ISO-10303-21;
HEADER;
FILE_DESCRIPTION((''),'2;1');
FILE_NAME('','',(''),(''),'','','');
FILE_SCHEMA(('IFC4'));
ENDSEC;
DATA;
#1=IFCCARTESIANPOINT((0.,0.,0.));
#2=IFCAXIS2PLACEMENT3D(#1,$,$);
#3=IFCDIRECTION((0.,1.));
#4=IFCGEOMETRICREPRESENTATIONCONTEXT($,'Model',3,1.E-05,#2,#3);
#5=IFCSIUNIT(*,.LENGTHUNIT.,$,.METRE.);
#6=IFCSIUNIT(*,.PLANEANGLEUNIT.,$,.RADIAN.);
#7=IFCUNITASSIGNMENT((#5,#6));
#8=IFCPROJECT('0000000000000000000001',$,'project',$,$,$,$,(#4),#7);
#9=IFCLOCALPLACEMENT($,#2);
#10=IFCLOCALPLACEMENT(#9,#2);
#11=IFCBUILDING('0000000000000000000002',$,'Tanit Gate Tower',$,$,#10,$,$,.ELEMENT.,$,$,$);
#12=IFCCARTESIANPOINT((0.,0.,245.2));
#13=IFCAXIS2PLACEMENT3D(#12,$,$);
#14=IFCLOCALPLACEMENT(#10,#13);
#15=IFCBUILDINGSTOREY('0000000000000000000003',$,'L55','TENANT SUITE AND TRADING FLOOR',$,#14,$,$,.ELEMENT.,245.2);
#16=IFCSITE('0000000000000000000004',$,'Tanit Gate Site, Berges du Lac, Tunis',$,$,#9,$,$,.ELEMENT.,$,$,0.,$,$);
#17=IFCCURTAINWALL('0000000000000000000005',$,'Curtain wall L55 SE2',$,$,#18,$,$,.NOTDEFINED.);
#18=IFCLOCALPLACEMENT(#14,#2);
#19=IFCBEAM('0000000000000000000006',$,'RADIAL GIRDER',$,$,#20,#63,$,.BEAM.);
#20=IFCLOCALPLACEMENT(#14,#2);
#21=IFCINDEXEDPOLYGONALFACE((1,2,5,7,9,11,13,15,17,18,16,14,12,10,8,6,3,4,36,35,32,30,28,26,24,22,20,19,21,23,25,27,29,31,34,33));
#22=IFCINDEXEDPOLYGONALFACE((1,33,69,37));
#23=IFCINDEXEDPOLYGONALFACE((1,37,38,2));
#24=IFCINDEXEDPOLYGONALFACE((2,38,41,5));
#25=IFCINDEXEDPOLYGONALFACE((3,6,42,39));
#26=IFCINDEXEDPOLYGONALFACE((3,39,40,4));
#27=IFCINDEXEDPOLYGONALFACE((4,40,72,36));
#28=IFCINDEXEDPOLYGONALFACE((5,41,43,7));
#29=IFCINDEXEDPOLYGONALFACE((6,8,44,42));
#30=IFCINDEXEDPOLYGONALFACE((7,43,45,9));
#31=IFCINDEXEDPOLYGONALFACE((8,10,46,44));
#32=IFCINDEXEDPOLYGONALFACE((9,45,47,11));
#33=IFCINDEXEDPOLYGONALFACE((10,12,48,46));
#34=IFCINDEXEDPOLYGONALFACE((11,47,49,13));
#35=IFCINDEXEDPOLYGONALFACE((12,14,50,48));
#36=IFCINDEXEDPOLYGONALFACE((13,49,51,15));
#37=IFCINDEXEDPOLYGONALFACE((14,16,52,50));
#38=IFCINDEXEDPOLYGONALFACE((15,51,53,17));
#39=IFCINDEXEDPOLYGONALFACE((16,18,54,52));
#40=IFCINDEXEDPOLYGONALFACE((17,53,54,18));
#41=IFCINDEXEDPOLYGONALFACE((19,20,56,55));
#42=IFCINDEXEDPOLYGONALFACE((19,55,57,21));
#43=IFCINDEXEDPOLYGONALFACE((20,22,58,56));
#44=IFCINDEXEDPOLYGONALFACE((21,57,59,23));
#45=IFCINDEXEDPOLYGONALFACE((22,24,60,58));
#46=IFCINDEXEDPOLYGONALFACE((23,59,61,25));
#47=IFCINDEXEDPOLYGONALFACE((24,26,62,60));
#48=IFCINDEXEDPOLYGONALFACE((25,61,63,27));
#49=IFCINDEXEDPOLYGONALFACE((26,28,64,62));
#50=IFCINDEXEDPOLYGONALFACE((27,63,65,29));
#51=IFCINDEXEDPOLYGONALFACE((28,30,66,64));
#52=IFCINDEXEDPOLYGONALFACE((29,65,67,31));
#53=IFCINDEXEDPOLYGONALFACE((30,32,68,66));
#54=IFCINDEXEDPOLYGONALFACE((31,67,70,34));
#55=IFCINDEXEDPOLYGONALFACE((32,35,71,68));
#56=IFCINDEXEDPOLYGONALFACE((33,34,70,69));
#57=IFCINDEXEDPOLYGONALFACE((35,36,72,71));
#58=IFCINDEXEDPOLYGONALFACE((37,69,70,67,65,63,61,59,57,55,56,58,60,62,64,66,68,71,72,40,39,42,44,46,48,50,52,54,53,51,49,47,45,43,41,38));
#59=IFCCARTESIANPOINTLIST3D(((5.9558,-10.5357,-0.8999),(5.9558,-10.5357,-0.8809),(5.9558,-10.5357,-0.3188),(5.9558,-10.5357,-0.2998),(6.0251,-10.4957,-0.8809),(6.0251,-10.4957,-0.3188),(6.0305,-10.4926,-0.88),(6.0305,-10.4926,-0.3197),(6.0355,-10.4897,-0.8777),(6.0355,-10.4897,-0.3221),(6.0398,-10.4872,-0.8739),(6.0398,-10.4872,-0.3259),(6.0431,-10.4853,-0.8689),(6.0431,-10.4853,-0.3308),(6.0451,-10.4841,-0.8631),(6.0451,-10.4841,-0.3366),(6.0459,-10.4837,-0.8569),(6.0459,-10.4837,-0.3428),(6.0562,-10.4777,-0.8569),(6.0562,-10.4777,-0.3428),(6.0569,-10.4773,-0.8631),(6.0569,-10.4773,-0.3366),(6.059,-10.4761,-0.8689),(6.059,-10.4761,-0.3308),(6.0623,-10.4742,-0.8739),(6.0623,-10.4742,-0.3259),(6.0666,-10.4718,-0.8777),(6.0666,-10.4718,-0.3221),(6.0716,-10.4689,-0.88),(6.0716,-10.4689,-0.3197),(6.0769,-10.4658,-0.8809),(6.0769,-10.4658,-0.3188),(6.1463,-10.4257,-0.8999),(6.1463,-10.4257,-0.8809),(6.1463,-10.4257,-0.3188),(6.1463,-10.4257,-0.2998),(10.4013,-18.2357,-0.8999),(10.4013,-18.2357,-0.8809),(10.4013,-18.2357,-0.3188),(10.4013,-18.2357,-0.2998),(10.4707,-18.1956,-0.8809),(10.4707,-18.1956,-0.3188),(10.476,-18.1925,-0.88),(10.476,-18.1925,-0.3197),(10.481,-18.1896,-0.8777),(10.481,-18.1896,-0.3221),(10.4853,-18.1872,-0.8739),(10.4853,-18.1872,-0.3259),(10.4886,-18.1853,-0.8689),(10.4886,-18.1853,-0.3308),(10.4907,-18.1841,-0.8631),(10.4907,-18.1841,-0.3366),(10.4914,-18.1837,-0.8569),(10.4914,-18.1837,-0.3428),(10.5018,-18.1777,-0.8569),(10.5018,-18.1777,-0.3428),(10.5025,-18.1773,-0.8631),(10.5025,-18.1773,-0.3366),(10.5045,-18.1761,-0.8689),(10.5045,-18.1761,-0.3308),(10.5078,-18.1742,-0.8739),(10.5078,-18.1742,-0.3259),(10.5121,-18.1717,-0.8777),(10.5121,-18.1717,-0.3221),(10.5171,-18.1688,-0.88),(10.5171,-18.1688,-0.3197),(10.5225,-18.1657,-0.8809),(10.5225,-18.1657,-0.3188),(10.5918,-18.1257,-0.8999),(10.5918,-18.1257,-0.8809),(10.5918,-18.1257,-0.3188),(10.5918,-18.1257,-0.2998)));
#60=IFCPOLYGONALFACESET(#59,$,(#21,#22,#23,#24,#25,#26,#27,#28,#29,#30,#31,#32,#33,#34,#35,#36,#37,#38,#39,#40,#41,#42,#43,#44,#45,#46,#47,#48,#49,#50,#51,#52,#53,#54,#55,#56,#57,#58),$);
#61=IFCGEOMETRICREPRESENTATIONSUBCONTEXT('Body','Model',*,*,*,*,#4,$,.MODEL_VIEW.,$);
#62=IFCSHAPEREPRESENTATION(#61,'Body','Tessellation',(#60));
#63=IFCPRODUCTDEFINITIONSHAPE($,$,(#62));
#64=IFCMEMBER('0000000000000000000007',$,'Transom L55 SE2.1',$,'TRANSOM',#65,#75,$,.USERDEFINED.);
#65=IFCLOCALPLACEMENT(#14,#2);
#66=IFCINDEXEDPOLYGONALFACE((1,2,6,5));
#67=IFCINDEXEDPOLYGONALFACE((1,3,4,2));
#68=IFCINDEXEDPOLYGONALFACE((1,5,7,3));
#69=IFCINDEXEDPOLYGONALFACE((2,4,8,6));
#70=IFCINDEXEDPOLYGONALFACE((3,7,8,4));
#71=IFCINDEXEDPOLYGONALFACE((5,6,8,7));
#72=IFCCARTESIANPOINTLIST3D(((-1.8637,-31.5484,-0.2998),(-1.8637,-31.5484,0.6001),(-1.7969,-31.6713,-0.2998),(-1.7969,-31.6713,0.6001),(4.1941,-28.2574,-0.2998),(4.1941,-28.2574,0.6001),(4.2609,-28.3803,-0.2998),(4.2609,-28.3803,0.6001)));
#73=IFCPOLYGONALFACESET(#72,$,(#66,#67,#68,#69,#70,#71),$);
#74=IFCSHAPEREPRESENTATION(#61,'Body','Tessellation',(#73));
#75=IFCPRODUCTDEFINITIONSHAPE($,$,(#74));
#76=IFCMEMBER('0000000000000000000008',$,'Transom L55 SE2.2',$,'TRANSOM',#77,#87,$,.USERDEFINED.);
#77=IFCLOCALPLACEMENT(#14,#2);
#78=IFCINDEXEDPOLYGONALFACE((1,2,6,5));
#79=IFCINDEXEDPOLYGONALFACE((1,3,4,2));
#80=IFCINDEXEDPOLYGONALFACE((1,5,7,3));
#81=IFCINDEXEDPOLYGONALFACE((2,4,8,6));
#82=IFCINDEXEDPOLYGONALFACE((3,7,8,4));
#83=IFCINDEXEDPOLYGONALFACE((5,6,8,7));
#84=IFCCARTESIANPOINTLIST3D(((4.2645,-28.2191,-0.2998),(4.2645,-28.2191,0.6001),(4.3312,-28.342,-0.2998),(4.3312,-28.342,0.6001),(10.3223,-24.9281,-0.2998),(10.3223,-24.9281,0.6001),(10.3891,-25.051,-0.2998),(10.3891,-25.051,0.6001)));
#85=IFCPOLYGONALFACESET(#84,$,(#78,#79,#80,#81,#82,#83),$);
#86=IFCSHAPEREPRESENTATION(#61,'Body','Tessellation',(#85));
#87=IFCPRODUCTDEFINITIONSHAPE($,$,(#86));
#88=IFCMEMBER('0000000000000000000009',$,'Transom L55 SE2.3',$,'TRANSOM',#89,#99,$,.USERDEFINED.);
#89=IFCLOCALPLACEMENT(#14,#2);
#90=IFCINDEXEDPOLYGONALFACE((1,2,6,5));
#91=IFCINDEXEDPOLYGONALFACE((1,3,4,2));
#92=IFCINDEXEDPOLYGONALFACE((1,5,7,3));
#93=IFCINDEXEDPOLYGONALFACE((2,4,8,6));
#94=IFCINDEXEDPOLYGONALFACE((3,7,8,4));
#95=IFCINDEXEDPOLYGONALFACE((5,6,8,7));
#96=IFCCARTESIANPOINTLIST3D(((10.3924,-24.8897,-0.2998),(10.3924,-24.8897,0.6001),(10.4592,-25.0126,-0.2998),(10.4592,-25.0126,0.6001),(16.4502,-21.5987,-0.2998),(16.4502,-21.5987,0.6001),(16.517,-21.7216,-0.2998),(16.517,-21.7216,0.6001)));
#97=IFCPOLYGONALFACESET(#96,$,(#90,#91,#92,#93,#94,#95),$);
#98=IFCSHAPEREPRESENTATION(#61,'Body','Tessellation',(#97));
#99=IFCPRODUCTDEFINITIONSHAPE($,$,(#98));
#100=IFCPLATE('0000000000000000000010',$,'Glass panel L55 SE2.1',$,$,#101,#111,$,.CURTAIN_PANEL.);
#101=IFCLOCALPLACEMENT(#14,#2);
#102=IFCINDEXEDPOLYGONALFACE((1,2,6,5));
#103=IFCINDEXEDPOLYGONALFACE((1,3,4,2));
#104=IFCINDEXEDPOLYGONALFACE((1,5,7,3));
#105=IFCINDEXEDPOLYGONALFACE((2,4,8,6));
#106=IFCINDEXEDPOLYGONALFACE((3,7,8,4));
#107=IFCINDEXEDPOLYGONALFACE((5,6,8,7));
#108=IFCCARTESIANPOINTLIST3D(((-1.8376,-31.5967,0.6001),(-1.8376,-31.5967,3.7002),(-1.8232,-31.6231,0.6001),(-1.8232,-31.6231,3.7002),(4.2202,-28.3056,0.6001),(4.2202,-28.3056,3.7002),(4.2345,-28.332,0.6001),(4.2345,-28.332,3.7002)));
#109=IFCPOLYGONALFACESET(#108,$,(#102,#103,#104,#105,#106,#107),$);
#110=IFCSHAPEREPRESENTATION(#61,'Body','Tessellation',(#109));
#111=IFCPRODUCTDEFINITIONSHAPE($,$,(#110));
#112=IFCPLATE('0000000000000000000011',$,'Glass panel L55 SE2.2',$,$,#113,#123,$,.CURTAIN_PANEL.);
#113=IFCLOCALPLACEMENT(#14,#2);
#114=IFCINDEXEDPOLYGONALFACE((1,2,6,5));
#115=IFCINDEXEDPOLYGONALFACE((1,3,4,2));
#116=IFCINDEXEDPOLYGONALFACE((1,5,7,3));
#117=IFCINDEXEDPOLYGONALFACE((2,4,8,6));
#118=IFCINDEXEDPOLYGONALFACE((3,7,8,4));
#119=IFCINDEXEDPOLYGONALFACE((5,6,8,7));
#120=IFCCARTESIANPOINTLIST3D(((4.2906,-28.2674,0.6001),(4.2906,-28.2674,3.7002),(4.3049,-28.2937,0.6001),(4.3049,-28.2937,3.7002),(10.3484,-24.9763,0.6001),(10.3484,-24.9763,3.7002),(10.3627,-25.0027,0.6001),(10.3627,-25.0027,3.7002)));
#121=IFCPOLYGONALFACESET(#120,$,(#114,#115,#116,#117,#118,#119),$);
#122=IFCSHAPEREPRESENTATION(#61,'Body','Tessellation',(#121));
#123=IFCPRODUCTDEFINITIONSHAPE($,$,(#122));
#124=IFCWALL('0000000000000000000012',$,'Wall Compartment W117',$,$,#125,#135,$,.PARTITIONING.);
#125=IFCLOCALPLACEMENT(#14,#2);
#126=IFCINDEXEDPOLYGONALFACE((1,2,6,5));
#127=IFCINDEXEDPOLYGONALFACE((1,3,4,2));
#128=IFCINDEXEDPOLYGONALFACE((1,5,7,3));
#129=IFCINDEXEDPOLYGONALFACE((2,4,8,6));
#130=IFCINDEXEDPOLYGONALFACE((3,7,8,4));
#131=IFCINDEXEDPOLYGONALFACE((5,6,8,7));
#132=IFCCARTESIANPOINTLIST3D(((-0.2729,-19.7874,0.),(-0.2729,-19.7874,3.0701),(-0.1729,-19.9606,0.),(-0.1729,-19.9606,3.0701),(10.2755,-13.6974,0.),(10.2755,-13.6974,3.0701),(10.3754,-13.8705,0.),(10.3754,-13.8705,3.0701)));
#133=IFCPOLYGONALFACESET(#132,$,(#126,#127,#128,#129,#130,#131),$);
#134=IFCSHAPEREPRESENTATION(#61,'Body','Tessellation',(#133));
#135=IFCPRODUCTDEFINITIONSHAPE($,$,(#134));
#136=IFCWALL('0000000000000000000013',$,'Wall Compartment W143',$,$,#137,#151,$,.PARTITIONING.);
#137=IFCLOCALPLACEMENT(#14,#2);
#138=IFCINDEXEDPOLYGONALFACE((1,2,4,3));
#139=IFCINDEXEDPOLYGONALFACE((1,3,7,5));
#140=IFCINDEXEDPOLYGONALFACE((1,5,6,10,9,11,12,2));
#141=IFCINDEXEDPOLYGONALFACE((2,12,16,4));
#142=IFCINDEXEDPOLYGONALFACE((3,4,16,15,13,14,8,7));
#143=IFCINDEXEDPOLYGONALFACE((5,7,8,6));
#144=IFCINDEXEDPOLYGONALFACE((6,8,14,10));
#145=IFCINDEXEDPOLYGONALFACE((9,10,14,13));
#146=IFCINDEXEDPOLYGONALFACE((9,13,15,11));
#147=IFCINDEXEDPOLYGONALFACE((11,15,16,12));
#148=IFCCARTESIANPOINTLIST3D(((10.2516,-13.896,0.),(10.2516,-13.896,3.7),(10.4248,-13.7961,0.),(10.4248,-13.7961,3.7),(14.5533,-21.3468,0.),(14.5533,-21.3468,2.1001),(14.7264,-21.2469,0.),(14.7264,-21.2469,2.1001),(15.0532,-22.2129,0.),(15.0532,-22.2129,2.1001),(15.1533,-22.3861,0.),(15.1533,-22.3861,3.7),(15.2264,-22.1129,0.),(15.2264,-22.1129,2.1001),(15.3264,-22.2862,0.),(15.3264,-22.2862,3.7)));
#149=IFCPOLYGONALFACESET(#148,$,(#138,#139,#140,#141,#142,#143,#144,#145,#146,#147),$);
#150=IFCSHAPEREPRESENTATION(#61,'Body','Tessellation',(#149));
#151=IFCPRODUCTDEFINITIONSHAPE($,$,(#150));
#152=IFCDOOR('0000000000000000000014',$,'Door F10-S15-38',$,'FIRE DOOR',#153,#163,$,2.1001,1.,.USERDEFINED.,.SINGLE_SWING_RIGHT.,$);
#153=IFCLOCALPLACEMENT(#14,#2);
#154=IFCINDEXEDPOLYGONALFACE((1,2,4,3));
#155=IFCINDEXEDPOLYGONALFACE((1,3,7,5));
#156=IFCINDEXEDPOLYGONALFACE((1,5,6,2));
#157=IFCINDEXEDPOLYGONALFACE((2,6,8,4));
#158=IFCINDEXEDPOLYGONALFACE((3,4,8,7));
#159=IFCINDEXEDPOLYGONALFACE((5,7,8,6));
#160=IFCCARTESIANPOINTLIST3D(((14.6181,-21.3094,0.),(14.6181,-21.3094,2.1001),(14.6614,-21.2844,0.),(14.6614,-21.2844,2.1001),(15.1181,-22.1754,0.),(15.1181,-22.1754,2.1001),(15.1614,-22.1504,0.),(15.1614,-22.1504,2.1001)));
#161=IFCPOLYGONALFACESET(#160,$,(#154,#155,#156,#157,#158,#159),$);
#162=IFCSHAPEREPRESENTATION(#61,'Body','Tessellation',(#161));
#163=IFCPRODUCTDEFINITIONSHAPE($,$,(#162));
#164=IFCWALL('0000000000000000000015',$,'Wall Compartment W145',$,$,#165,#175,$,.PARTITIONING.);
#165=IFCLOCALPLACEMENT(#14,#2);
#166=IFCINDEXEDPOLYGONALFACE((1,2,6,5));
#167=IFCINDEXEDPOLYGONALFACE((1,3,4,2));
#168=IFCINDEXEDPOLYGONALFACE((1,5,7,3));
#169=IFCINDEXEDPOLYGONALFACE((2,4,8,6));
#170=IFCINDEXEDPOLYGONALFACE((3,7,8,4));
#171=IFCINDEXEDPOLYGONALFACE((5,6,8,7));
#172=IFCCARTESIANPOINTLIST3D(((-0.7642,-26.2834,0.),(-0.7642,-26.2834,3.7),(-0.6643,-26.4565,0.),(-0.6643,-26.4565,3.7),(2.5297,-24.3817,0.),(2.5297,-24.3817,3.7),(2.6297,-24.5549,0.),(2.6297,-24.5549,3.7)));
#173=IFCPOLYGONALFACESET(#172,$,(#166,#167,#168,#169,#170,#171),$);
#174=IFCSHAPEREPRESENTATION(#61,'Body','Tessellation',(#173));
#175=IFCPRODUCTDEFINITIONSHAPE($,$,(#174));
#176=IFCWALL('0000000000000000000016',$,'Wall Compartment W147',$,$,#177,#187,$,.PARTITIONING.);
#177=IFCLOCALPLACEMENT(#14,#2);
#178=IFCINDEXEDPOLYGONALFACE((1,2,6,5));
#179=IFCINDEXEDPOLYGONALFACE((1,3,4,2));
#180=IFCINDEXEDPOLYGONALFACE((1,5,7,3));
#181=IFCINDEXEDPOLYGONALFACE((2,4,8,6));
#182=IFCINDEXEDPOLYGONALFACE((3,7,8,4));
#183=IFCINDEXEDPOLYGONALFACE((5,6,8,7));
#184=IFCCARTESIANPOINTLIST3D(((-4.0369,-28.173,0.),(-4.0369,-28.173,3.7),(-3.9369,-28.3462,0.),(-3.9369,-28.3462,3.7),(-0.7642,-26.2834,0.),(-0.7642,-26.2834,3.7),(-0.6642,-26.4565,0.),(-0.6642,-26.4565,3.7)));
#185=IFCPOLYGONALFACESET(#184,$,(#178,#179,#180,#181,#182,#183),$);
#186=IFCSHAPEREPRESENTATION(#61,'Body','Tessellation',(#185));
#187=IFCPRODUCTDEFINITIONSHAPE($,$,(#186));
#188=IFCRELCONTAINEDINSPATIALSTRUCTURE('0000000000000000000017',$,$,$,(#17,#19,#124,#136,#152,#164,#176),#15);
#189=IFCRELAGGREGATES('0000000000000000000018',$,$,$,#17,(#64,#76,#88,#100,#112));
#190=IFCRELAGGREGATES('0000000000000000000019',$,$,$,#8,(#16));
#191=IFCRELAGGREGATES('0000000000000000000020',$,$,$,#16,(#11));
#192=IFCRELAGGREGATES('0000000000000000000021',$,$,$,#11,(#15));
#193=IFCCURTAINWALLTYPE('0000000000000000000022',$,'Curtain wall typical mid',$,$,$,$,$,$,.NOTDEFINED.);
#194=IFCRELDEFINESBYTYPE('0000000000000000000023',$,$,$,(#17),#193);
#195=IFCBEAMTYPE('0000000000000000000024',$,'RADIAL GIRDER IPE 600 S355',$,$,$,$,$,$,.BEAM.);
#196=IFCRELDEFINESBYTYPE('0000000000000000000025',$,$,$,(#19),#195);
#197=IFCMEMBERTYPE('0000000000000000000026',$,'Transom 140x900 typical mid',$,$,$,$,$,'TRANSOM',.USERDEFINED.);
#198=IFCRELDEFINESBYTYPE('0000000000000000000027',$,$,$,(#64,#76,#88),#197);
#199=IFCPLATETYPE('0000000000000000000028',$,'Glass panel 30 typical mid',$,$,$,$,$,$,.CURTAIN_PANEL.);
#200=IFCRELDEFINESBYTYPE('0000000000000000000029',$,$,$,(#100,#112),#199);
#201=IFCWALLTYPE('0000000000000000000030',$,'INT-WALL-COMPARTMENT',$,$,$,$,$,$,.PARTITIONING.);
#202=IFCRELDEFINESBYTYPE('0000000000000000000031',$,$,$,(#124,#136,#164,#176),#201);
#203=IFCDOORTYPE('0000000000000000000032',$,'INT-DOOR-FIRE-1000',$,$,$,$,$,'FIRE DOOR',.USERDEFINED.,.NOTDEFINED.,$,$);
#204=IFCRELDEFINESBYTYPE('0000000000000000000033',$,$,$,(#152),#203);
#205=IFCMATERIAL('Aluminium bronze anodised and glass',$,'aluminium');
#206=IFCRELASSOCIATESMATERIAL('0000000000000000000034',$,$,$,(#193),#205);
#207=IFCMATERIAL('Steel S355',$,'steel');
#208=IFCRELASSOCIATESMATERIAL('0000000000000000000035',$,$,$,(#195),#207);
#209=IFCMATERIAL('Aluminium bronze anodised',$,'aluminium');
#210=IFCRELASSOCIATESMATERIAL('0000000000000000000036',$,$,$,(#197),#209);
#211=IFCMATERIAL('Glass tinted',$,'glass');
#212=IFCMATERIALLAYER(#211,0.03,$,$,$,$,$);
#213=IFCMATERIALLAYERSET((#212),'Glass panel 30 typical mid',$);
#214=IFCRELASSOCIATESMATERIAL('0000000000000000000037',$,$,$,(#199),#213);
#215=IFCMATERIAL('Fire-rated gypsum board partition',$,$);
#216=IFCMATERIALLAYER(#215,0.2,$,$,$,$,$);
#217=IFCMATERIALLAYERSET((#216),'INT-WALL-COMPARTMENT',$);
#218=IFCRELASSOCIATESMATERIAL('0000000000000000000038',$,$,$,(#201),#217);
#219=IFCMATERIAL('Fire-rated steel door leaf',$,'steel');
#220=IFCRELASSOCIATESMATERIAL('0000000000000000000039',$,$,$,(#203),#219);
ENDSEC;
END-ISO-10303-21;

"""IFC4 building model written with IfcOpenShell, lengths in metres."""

from ifc_helpers import new_model, si_unit, direction, frame, frame_2d, origin, origin_2d, place, context, subcontext, project, spatial, rectangle, i_section, extrude, material, layer, layer_set, material_profile, profile_set, type_object, element, fill, aggregate, save


model = new_model("IFC4")

# Units and contexts
model_context = context("Model", 3, precision=1e-05, world=origin(), true_north=direction((0.0, 1.0)))
body_context = subcontext(model_context, "Body", "Model", "MODEL_VIEW")
ifc_project = project(units=[si_unit("LENGTHUNIT", "METRE"), si_unit("PLANEANGLEUNIT", "RADIAN")], contexts=[model_context])

# Site, building, storey
site_placement = place(None, origin())
site = spatial("IfcSite", under=ifc_project, at=site_placement, Name="Tanit Gate Site, Berges du Lac, Tunis", CompositionType="ELEMENT", RefElevation=0.0)
building_placement = place(site_placement, origin())
building = spatial("IfcBuilding", under=site, at=building_placement, Name="Tanit Gate Tower", CompositionType="ELEMENT")
storey_placement = place(building_placement, frame((0.0, 0.0, 245.2)))
storey = spatial("IfcBuildingStorey", under=building, at=storey_placement, Name="L55", Description="TENANT SUITE AND TRADING FLOOR", CompositionType="ELEMENT", Elevation=245.2)

# Curtain wall
ifc_material_1 = material(Name="Aluminium bronze anodised and glass", Category="aluminium")
curtain_wall_type = type_object("IfcCurtainWallType", Name="Curtain wall typical mid", PredefinedType="NOTDEFINED", material=ifc_material_1)
curtain_wall_1_placement = place(storey_placement, origin())
curtain_wall_1 = element("IfcCurtainWall", 1, at=curtain_wall_1_placement, inside=storey, type_object=curtain_wall_type, Name="Curtain wall L55 SE2", PredefinedType="NOTDEFINED")

# Beam
ifc_material_2 = material(Name="Steel S355", Category="steel")
ifc_material_profile_1 = material_profile(ifc_material_2, i_section(OverallWidth=0.22, OverallDepth=0.6001, WebThickness=0.012, FlangeThickness=0.019, FilletRadius=0.0239, at=origin_2d()), Name="IPE 600")
ifc_profile_set_1 = profile_set([ifc_material_profile_1], Name="Steel S355")
beam_type_1 = type_object("IfcBeamType", Name="RADIAL GIRDER IPE 600 S355", PredefinedType="BEAM", material=ifc_profile_set_1)
beam_1_placement = place(storey_placement, frame((10.4966, -18.1807, -0.5999), z_axis=(-0.499999, 0.866026, 0.0), x_axis=(-0.866026, -0.499999, 0.0)))
element("IfcBeam", 2, at=beam_1_placement, inside=storey, type_object=beam_type_1, Name="RADIAL GIRDER", PredefinedType="BEAM", context=body_context, shape_type="SweptSolid", body=[
    extrude(i_section(OverallWidth=0.22, OverallDepth=0.6001, WebThickness=0.012, FlangeThickness=0.019, FilletRadius=0.0239, at=origin_2d()), origin(), (0.0, 0.0, 1.0), 8.8911),
])

# Members
ifc_material_3 = material(Name="Aluminium bronze anodised", Category="aluminium")
ifc_material_profile_2 = material_profile(ifc_material_3, rectangle(XDim=0.1399, YDim=0.8999, at=origin_2d()), Name="140x900 bronze transom")
ifc_profile_set_2 = profile_set([ifc_material_profile_2], Name="Aluminium bronze anodised")
member_type_1 = type_object("IfcMemberType", Name="Transom 140x900 typical mid", ElementType="TRANSOM", PredefinedType="USERDEFINED", material=ifc_profile_set_2)
member_1_placement = place(storey_placement, frame((-1.8303, -31.6099, 0.1501), z_axis=(0.878704, 0.477368, 0.0), x_axis=(-0.477368, 0.878704, 0.0)))
member_1 = element("IfcMember", 3, at=member_1_placement, type_object=member_type_1, Name="Transom L55 SE2.1", ObjectType="TRANSOM", PredefinedType="USERDEFINED", context=body_context, shape_type="SweptSolid", body=[
    extrude(rectangle(XDim=0.1399, YDim=0.8999, at=origin_2d()), origin(), (0.0, 0.0, 1.0), 6.894),
])
member_2_placement = place(storey_placement, frame((4.2979, -28.2805, 0.1501), z_axis=(0.878704, 0.477368, 0.0), x_axis=(-0.477368, 0.878704, 0.0)))
member_2 = element("IfcMember", 4, at=member_2_placement, type_object=member_type_1, Name="Transom L55 SE2.2", ObjectType="TRANSOM", PredefinedType="USERDEFINED", context=body_context, shape_type="SweptSolid", body=[
    extrude(rectangle(XDim=0.1399, YDim=0.8999, at=origin_2d()), origin(), (0.0, 0.0, 1.0), 6.894),
])
member_3_placement = place(storey_placement, frame((10.4258, -24.9512, 0.1501), z_axis=(0.878704, 0.477368, 0.0), x_axis=(-0.477368, 0.878704, 0.0)))
member_3 = element("IfcMember", 5, at=member_3_placement, type_object=member_type_1, Name="Transom L55 SE2.3", ObjectType="TRANSOM", PredefinedType="USERDEFINED", context=body_context, shape_type="SweptSolid", body=[
    extrude(rectangle(XDim=0.1399, YDim=0.8999, at=origin_2d()), origin(), (0.0, 0.0, 1.0), 6.894),
])

# Plates
ifc_material_4 = material(Name="Glass tinted", Category="glass")
ifc_layer_1 = layer(ifc_material_4, 0.03)
ifc_layer_set_1 = layer_set([ifc_layer_1], Name="Glass panel 30 typical mid")
plate_type = type_object("IfcPlateType", Name="Glass panel 30 typical mid", PredefinedType="CURTAIN_PANEL", material=ifc_layer_set_1)
plate_1_placement = place(storey_placement, frame((1.1985, -29.9644, 0.6001), z_axis=(0.0, 0.0, 1.0), x_axis=(0.878696, 0.477381, 0.0)))
plate_1 = element("IfcPlate", 6, at=plate_1_placement, type_object=plate_type, Name="Glass panel L55 SE2.1", PredefinedType="CURTAIN_PANEL", context=body_context, shape_type="SweptSolid", body=[
    extrude(rectangle(XDim=6.894, YDim=0.03, at=origin_2d()), origin(), (0.0, 0.0, 1.0), 3.1001),
])
plate_2_placement = place(storey_placement, frame((7.3267, -26.635, 0.6001), z_axis=(0.0, 0.0, 1.0), x_axis=(0.878696, 0.477381, 0.0)))
plate_2 = element("IfcPlate", 7, at=plate_2_placement, type_object=plate_type, Name="Glass panel L55 SE2.2", PredefinedType="CURTAIN_PANEL", context=body_context, shape_type="SweptSolid", body=[
    extrude(rectangle(XDim=6.894, YDim=0.03, at=origin_2d()), origin(), (0.0, 0.0, 1.0), 3.1001),
])
aggregate(curtain_wall_1, [member_1, member_2, member_3, plate_1, plate_2])

# Wall
ifc_material_5 = material(Name="Fire-rated gypsum board partition")
ifc_layer_2 = layer(ifc_material_5, 0.2)
ifc_layer_set_2 = layer_set([ifc_layer_2], Name="INT-WALL-COMPARTMENT")
wall_type_1 = type_object("IfcWallType", Name="INT-WALL-COMPARTMENT", PredefinedType="PARTITIONING", material=ifc_layer_set_2)
wall_1_placement = place(storey_placement, frame((-0.2229, -19.874, 0.0), z_axis=(0.0, 0.0, 1.0), x_axis=(0.866025, 0.5, 0.0)))
element("IfcWall", 8, at=wall_1_placement, inside=storey, type_object=wall_type_1, Name="Wall Compartment W117", PredefinedType="PARTITIONING", context=body_context, shape_type="SweptSolid", body=[
    extrude(rectangle(XDim=12.1802, YDim=0.2, at=frame_2d((6.0901, 0.0))), origin(), (0.0, 0.0, 1.0), 3.0701),
])

# Wall, opening, door
wall_2_placement = place(storey_placement, frame((10.3381, -13.8459, 0.0), z_axis=(0.0, 0.0, 1.0), x_axis=(0.499993, -0.866029, 0.0)))
wall_2 = element("IfcWall", 9, at=wall_2_placement, inside=storey, type_object=wall_type_1, Name="Wall Compartment W143", PredefinedType="PARTITIONING", context=body_context, shape_type="SweptSolid", body=[
    extrude(rectangle(XDim=9.8035, YDim=0.2, at=frame_2d((4.9019, 0.0))), origin(), (0.0, 0.0, 1.0), 3.7),
])
opening_placement = place(wall_2_placement, frame((8.6035, 0.0, 0.0)))
opening = element("IfcOpeningElement", 10, at=opening_placement, cuts=wall_2, PredefinedType="OPENING", context=body_context, shape_type="SweptSolid", body=[
    extrude(rectangle(XDim=1.0, YDim=2.1001, at=frame_2d((0.5, 1.05))), frame((0.0, 0.1099, 0.0), z_axis=(0.0, -1.0, 0.0), x_axis=(1.0, 0.0, 0.0)), (0.0, 0.0, 1.0), 0.22),
])
ifc_material_6 = material(Name="Fire-rated steel door leaf", Category="steel")
door_type = type_object("IfcDoorType", Name="INT-DOOR-FIRE-1000", ElementType="FIRE DOOR", OperationType="NOTDEFINED", PredefinedType="USERDEFINED", material=ifc_material_6)
door_placement = place(opening_placement, origin())
door = element("IfcDoor", 11, at=door_placement, inside=storey, type_object=door_type, Name="Door F10-S15-38", ObjectType="FIRE DOOR", OperationType="SINGLE_SWING_RIGHT", OverallHeight=2.1001, OverallWidth=1.0, PredefinedType="USERDEFINED", context=body_context, shape_type="SweptSolid", body=[
    extrude(rectangle(XDim=1.0, YDim=2.1001, at=frame_2d((0.5, 1.05))), frame((0.0, 0.0249, 0.0), z_axis=(0.0, -1.0, 0.0), x_axis=(1.0, 0.0, 0.0)), (0.0, 0.0, 1.0), 0.05),
])
fill(opening, door)

# Walls
wall_3_placement = place(storey_placement, frame((2.5798, -24.4683, 0.0), z_axis=(0.0, 0.0, 1.0), x_axis=(-0.866042, -0.499971, 0.0)))
element("IfcWall", 12, at=wall_3_placement, inside=storey, type_object=wall_type_1, Name="Wall Compartment W145", PredefinedType="PARTITIONING", context=body_context, shape_type="SweptSolid", body=[
    extrude(rectangle(XDim=3.8035, YDim=0.2, at=frame_2d((1.9019, 0.0))), origin(), (0.0, 0.0, 1.0), 3.7),
])
wall_4_placement = place(storey_placement, frame((-0.7141, -26.3699, 0.0), z_axis=(0.0, 0.0, 1.0), x_axis=(-0.866008, -0.50003, 0.0)))
element("IfcWall", 13, at=wall_4_placement, inside=storey, type_object=wall_type_1, Name="Wall Compartment W147", PredefinedType="PARTITIONING", context=body_context, shape_type="SweptSolid", body=[
    extrude(rectangle(XDim=3.7791, YDim=0.2, at=frame_2d((1.8896, 0.0))), origin(), (0.0, 0.0, 1.0), 3.7),
])

save(model, "model.ifc")
